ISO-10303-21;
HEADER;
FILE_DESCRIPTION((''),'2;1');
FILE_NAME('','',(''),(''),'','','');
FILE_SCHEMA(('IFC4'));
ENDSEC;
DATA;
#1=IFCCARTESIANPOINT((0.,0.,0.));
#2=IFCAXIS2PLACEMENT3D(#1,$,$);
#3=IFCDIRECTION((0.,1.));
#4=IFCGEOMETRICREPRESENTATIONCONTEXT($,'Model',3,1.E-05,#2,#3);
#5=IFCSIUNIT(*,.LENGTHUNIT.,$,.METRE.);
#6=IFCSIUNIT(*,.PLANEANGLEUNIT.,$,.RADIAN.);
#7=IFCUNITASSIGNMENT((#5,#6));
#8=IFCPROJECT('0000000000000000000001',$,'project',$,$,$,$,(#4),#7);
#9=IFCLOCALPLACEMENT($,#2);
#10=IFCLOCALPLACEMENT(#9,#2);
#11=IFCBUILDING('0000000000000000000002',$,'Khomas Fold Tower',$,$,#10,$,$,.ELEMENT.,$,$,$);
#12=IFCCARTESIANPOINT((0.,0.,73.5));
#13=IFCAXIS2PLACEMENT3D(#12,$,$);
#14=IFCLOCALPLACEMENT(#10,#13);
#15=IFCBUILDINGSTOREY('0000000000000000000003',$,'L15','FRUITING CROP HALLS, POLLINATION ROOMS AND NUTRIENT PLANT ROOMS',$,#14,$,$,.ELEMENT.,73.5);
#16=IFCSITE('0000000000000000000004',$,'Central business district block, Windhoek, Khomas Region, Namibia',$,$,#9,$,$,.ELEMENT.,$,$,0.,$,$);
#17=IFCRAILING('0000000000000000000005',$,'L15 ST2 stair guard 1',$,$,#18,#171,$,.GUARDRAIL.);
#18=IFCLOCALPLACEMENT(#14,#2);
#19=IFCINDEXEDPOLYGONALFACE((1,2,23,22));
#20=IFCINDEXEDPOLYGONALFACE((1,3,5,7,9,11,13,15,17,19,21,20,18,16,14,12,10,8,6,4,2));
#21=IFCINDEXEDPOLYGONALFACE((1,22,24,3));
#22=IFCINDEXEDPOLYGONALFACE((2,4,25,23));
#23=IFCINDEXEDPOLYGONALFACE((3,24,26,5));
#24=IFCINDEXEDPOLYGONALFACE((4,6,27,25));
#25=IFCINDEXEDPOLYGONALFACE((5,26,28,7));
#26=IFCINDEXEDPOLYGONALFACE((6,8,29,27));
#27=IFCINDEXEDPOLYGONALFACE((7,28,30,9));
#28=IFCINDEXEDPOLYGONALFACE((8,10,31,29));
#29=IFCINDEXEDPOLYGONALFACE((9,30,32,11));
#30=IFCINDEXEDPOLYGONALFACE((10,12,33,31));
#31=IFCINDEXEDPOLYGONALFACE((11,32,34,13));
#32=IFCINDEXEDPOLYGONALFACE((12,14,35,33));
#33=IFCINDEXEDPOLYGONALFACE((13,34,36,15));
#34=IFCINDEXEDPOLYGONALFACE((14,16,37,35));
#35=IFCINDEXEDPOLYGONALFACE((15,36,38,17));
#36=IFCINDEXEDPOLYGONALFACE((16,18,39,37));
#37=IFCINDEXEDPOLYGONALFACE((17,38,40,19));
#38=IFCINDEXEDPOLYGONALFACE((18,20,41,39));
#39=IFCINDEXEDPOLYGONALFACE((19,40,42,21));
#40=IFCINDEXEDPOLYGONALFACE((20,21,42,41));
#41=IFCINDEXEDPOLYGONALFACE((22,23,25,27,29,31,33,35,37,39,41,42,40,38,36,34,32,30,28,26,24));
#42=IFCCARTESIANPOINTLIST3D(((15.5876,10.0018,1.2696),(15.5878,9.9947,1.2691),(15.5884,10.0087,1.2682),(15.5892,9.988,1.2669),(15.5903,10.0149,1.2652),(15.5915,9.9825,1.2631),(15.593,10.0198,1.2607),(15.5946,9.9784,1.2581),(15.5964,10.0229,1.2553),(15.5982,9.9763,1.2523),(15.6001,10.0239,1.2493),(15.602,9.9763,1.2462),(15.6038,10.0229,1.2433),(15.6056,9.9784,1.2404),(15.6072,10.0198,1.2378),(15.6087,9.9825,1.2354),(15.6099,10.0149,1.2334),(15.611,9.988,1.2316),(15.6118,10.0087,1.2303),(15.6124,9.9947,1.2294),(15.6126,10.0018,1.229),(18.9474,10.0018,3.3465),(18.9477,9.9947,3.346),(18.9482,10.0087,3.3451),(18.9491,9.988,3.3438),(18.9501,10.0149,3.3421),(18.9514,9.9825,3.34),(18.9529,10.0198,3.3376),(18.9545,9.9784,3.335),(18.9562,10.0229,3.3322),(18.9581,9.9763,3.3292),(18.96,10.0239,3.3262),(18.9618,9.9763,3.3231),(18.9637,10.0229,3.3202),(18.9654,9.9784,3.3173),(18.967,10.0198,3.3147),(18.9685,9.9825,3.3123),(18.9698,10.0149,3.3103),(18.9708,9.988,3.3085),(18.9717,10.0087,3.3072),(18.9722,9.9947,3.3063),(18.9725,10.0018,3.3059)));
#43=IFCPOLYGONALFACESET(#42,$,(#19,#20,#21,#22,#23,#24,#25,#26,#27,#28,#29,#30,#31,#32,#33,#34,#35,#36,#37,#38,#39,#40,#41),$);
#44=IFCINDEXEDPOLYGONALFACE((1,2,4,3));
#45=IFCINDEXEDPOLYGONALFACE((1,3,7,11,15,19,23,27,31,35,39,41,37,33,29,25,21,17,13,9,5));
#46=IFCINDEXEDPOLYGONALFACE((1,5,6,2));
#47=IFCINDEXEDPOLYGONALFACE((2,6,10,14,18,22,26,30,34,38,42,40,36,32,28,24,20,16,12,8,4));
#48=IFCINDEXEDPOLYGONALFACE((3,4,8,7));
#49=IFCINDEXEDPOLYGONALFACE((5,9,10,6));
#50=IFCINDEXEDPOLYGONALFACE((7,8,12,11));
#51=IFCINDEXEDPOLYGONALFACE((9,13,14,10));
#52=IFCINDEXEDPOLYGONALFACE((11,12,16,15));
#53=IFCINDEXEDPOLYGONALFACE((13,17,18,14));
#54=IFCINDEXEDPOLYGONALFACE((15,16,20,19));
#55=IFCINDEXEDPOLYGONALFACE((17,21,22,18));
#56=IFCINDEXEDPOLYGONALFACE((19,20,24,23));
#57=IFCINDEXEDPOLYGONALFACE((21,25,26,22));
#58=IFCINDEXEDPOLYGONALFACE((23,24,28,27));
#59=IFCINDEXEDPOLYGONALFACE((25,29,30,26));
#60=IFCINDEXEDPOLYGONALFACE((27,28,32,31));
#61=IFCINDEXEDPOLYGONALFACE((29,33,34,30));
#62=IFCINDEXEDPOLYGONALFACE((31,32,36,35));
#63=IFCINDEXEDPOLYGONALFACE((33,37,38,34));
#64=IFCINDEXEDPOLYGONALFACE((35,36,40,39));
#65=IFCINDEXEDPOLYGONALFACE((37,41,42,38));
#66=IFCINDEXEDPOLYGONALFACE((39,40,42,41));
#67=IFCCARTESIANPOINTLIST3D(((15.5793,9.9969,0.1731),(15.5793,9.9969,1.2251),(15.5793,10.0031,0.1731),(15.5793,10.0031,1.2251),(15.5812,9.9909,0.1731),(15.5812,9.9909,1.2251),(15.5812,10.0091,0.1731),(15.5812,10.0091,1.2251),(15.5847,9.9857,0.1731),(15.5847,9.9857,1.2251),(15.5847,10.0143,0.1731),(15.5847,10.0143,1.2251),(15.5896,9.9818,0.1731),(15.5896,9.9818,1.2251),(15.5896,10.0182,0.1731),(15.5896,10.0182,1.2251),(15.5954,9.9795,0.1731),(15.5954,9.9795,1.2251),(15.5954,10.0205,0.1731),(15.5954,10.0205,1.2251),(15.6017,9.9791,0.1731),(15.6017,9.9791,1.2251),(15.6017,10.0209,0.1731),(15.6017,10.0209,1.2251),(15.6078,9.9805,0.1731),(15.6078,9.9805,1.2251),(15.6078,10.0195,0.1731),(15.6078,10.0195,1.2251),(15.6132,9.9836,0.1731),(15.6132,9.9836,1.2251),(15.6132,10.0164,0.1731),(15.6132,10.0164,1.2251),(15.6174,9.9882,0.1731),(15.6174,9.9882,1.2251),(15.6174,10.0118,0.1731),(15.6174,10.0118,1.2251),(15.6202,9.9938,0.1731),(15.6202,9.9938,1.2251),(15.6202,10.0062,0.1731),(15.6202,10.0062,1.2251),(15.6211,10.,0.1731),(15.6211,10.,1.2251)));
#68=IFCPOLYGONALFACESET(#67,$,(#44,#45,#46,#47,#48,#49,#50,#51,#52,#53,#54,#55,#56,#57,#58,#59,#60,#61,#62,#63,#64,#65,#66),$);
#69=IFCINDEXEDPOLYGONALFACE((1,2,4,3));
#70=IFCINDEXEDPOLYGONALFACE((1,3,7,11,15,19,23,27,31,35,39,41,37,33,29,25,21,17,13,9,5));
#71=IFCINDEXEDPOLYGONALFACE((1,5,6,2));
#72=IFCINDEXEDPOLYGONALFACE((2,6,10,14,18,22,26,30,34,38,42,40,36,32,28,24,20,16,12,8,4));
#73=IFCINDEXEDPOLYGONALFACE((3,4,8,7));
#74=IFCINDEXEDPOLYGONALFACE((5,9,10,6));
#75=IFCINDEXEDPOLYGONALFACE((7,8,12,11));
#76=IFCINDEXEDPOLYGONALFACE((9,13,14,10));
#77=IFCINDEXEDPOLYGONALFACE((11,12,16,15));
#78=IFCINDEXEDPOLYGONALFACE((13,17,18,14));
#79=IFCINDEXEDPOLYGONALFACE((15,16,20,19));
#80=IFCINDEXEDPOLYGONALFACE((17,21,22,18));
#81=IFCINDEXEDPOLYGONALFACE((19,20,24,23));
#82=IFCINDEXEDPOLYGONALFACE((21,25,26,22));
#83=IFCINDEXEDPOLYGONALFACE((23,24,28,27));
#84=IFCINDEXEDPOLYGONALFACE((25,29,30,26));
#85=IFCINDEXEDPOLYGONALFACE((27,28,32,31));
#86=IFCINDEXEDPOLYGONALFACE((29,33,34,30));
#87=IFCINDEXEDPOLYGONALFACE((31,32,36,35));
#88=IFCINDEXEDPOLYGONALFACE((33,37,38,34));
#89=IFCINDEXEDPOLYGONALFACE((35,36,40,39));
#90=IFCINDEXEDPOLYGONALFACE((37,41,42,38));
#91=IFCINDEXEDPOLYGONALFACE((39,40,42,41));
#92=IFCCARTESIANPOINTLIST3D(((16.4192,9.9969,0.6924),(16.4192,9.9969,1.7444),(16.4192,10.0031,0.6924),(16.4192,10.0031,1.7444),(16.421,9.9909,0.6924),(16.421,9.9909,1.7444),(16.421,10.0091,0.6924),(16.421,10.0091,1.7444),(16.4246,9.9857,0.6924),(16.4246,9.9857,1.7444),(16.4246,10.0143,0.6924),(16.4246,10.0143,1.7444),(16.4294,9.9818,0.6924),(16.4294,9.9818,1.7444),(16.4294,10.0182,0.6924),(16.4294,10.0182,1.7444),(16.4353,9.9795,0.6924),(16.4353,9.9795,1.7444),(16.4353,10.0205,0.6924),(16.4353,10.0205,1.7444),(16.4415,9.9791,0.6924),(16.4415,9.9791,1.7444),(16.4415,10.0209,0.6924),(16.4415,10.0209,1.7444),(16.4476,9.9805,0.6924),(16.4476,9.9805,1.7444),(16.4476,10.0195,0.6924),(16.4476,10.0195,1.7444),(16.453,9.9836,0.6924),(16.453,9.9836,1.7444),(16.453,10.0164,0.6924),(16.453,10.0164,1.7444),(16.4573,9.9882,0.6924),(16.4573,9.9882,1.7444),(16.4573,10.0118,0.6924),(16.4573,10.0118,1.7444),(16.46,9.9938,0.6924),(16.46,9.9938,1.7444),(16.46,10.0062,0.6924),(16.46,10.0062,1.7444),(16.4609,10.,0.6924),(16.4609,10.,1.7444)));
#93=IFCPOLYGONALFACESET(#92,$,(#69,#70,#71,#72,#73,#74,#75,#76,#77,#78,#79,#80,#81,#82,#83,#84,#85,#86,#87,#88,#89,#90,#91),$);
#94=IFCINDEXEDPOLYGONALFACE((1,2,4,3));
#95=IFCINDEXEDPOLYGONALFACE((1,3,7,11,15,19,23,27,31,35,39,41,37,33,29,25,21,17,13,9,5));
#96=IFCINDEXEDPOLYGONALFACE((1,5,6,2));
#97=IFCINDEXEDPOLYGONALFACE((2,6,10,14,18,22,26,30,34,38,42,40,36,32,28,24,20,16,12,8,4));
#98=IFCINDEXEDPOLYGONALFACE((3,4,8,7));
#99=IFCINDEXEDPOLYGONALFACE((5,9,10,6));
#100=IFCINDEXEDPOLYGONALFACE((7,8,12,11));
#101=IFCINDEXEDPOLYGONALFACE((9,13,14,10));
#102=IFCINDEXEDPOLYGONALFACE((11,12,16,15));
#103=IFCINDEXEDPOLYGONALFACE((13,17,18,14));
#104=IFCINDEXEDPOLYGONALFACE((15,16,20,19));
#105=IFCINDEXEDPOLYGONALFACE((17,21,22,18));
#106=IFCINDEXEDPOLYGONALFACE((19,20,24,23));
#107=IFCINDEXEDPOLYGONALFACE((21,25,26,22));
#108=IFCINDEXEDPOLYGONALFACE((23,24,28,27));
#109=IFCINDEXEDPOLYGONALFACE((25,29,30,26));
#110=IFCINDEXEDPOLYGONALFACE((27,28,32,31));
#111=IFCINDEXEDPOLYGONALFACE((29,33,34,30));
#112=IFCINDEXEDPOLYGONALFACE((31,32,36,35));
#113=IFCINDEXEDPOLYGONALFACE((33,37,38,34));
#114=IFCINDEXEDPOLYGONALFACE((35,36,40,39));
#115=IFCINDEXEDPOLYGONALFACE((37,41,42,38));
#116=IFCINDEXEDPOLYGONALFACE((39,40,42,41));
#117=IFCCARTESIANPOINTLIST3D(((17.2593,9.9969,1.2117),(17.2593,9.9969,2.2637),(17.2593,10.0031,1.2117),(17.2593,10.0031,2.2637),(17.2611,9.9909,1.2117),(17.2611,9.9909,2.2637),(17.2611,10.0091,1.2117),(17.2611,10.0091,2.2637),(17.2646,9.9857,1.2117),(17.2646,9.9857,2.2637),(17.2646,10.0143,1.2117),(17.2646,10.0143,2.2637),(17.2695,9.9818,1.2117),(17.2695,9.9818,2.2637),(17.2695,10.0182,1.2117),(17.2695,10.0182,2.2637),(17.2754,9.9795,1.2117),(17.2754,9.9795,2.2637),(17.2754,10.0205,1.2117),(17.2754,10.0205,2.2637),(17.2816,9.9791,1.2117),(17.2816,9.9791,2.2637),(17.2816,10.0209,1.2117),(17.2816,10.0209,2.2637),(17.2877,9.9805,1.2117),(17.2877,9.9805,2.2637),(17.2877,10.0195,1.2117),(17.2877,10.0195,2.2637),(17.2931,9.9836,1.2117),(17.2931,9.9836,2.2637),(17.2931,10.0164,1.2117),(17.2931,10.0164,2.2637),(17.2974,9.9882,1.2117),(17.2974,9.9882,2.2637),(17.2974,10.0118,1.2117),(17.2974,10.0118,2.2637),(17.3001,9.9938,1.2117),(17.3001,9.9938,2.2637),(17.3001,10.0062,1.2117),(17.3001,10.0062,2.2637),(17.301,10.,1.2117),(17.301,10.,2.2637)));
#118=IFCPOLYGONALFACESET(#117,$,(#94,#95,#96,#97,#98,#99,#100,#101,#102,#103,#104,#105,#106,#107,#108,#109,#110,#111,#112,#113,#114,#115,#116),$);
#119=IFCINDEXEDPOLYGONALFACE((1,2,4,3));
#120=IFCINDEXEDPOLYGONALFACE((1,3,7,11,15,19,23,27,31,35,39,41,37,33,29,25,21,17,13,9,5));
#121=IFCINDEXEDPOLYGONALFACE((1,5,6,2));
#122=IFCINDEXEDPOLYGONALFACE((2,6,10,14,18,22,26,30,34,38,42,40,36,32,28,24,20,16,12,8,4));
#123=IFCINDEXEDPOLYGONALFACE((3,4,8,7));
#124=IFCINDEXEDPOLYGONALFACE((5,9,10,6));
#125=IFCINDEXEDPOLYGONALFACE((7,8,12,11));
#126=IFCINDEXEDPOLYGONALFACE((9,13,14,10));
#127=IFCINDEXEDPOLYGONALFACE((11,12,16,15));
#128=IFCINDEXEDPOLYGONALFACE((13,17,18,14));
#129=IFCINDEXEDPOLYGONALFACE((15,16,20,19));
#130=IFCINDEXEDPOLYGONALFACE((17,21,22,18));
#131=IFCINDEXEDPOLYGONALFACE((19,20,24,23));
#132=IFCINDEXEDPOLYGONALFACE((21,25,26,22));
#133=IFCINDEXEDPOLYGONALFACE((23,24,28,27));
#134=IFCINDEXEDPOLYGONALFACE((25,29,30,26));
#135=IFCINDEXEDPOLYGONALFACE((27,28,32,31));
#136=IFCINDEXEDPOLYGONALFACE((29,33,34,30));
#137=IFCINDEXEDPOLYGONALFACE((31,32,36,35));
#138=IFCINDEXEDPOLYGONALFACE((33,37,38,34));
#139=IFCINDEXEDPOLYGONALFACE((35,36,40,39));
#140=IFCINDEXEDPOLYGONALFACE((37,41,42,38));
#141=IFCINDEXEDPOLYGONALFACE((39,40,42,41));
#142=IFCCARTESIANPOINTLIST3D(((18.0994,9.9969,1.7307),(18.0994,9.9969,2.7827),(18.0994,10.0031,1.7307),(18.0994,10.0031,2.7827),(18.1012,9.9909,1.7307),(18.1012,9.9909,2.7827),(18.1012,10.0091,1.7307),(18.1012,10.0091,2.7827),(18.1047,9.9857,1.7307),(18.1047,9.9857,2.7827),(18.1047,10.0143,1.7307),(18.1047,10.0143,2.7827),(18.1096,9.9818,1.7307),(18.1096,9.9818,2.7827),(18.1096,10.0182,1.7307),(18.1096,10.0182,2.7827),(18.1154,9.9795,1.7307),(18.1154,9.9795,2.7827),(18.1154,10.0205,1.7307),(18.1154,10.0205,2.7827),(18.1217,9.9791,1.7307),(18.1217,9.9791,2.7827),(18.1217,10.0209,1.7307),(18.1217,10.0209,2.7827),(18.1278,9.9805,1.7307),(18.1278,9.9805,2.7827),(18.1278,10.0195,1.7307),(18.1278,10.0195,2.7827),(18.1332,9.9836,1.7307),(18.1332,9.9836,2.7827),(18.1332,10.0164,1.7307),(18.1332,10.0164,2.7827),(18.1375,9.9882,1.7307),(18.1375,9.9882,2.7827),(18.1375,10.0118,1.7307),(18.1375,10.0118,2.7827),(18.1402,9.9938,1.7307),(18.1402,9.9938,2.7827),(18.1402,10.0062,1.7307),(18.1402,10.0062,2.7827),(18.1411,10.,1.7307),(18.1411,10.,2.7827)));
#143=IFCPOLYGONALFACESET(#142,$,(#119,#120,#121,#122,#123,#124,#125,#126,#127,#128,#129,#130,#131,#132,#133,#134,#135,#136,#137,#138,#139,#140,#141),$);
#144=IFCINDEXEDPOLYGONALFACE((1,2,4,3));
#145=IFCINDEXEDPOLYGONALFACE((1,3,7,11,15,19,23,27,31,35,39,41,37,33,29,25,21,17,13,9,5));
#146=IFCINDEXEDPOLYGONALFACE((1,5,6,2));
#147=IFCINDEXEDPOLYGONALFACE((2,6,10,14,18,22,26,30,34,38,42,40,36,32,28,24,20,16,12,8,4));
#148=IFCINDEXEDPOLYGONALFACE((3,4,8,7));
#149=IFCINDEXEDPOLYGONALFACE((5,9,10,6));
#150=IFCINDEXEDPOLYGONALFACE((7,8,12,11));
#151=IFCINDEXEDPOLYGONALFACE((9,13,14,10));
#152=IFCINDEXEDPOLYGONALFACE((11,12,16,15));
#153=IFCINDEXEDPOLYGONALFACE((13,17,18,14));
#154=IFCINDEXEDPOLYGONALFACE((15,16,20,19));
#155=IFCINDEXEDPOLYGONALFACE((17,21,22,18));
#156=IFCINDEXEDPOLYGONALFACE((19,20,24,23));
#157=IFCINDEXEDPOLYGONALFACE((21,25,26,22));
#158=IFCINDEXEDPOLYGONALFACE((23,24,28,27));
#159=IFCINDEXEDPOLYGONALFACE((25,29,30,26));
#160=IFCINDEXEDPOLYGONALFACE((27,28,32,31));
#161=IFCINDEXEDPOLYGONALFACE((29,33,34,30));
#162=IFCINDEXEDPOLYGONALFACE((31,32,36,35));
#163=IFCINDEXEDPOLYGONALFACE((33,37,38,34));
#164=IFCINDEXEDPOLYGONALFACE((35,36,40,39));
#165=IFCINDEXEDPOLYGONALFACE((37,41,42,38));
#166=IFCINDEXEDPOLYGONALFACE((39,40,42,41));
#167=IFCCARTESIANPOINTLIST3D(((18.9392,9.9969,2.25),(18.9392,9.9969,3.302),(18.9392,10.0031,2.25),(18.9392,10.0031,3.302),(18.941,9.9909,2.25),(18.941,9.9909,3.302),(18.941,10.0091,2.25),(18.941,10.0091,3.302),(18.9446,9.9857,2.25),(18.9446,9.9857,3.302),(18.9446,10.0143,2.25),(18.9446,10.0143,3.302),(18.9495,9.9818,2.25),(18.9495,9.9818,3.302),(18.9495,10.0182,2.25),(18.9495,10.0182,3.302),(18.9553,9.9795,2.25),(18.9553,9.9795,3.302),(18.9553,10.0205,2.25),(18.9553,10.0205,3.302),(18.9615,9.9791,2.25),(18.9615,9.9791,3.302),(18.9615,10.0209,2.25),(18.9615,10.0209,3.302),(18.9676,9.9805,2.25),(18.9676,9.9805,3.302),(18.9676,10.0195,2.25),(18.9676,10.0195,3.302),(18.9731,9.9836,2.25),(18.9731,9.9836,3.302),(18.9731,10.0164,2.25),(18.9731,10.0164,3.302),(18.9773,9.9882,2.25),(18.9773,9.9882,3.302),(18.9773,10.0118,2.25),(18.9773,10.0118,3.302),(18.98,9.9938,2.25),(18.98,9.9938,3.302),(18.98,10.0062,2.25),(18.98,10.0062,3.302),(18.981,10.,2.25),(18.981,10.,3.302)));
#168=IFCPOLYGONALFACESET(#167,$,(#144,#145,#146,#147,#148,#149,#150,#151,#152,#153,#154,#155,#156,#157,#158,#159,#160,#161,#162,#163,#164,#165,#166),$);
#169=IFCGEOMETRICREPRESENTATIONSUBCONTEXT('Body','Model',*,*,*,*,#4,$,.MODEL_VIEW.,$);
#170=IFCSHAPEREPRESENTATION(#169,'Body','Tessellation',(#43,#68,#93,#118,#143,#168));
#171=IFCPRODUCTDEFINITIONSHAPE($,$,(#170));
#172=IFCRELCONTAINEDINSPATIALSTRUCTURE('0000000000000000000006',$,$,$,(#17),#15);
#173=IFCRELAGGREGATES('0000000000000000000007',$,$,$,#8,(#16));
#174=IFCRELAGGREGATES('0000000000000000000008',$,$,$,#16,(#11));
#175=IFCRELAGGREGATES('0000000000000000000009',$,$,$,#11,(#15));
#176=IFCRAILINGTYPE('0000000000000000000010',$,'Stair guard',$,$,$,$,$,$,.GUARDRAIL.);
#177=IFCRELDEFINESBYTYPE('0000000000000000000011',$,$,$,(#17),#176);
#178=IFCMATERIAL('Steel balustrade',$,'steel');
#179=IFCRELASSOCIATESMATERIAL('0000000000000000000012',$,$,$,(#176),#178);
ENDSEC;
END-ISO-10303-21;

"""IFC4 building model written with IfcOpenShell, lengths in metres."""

from ifc_helpers import new_model, si_unit, direction, frame, origin, origin_2d, place, context, subcontext, project, spatial, circle, extrude, source, transform, mapped, material, type_object, element, save


model = new_model("IFC4")

# Units and contexts
model_context = context("Model", 3, precision=1e-05, world=origin(), true_north=direction((0.0, 1.0)))
body_context = subcontext(model_context, "Body", "Model", "MODEL_VIEW")
ifc_project = project(units=[si_unit("LENGTHUNIT", "METRE"), si_unit("PLANEANGLEUNIT", "RADIAN")], contexts=[model_context])

# Site, building, storey
site_placement = place(None, origin())
site = spatial("IfcSite", under=ifc_project, at=site_placement, Name="Central business district block, Windhoek, Khomas Region, Namibia", CompositionType="ELEMENT", RefElevation=0.0)
building_placement = place(site_placement, origin())
building = spatial("IfcBuilding", under=site, at=building_placement, Name="Khomas Fold Tower", CompositionType="ELEMENT")
storey_placement = place(building_placement, frame((0.0, 0.0, 73.5)))
storey = spatial("IfcBuildingStorey", under=building, at=storey_placement, Name="L15", Description="FRUITING CROP HALLS, POLLINATION ROOMS AND NUTRIENT PLANT ROOMS", CompositionType="ELEMENT", Elevation=73.5)

# Railing
ifc_material_1 = material(Name="Steel balustrade", Category="steel")
railing_type_1 = type_object("IfcRailingType", Name="Stair guard", PredefinedType="GUARDRAIL", material=ifc_material_1)
shared_shape_1 = source(origin(), body_context, "Body", "SweptSolid", [
    extrude(circle(Radius=0.0239, at=origin_2d()), frame((0.0, 0.0, 1.0762), z_axis=(0.850606, 0.0, 0.525803), x_axis=(0.0, 1.0, 0.0)), (0.0, 0.0, 1.0), 3.95),
    extrude(circle(Radius=0.021, at=origin_2d()), origin(), (0.0, 0.0, 1.0), 1.052),
    extrude(circle(Radius=0.021, at=origin_2d()), frame((0.8398, 0.0, 0.5193)), (0.0, 0.0, 1.0), 1.052),
    extrude(circle(Radius=0.021, at=origin_2d()), frame((1.6799, 0.0, 1.0386)), (0.0, 0.0, 1.0), 1.052),
    extrude(circle(Radius=0.021, at=origin_2d()), frame((2.52, 0.0, 1.5576)), (0.0, 0.0, 1.0), 1.052),
    extrude(circle(Radius=0.021, at=origin_2d()), frame((3.3599, 0.0, 2.0769)), (0.0, 0.0, 1.0), 1.052),
])
railing_1_placement = place(storey_placement, frame((15.6001, 10.0, 0.1731)))
element("IfcRailing", 1, at=railing_1_placement, inside=storey, type_object=railing_type_1, Name="L15 ST2 stair guard 1", PredefinedType="GUARDRAIL", context=body_context, shape_type="MappedRepresentation", body=[
    mapped(shared_shape_1, transform((0.0, 0.0, 0.0))),
])

save(model, "model.ifc")
